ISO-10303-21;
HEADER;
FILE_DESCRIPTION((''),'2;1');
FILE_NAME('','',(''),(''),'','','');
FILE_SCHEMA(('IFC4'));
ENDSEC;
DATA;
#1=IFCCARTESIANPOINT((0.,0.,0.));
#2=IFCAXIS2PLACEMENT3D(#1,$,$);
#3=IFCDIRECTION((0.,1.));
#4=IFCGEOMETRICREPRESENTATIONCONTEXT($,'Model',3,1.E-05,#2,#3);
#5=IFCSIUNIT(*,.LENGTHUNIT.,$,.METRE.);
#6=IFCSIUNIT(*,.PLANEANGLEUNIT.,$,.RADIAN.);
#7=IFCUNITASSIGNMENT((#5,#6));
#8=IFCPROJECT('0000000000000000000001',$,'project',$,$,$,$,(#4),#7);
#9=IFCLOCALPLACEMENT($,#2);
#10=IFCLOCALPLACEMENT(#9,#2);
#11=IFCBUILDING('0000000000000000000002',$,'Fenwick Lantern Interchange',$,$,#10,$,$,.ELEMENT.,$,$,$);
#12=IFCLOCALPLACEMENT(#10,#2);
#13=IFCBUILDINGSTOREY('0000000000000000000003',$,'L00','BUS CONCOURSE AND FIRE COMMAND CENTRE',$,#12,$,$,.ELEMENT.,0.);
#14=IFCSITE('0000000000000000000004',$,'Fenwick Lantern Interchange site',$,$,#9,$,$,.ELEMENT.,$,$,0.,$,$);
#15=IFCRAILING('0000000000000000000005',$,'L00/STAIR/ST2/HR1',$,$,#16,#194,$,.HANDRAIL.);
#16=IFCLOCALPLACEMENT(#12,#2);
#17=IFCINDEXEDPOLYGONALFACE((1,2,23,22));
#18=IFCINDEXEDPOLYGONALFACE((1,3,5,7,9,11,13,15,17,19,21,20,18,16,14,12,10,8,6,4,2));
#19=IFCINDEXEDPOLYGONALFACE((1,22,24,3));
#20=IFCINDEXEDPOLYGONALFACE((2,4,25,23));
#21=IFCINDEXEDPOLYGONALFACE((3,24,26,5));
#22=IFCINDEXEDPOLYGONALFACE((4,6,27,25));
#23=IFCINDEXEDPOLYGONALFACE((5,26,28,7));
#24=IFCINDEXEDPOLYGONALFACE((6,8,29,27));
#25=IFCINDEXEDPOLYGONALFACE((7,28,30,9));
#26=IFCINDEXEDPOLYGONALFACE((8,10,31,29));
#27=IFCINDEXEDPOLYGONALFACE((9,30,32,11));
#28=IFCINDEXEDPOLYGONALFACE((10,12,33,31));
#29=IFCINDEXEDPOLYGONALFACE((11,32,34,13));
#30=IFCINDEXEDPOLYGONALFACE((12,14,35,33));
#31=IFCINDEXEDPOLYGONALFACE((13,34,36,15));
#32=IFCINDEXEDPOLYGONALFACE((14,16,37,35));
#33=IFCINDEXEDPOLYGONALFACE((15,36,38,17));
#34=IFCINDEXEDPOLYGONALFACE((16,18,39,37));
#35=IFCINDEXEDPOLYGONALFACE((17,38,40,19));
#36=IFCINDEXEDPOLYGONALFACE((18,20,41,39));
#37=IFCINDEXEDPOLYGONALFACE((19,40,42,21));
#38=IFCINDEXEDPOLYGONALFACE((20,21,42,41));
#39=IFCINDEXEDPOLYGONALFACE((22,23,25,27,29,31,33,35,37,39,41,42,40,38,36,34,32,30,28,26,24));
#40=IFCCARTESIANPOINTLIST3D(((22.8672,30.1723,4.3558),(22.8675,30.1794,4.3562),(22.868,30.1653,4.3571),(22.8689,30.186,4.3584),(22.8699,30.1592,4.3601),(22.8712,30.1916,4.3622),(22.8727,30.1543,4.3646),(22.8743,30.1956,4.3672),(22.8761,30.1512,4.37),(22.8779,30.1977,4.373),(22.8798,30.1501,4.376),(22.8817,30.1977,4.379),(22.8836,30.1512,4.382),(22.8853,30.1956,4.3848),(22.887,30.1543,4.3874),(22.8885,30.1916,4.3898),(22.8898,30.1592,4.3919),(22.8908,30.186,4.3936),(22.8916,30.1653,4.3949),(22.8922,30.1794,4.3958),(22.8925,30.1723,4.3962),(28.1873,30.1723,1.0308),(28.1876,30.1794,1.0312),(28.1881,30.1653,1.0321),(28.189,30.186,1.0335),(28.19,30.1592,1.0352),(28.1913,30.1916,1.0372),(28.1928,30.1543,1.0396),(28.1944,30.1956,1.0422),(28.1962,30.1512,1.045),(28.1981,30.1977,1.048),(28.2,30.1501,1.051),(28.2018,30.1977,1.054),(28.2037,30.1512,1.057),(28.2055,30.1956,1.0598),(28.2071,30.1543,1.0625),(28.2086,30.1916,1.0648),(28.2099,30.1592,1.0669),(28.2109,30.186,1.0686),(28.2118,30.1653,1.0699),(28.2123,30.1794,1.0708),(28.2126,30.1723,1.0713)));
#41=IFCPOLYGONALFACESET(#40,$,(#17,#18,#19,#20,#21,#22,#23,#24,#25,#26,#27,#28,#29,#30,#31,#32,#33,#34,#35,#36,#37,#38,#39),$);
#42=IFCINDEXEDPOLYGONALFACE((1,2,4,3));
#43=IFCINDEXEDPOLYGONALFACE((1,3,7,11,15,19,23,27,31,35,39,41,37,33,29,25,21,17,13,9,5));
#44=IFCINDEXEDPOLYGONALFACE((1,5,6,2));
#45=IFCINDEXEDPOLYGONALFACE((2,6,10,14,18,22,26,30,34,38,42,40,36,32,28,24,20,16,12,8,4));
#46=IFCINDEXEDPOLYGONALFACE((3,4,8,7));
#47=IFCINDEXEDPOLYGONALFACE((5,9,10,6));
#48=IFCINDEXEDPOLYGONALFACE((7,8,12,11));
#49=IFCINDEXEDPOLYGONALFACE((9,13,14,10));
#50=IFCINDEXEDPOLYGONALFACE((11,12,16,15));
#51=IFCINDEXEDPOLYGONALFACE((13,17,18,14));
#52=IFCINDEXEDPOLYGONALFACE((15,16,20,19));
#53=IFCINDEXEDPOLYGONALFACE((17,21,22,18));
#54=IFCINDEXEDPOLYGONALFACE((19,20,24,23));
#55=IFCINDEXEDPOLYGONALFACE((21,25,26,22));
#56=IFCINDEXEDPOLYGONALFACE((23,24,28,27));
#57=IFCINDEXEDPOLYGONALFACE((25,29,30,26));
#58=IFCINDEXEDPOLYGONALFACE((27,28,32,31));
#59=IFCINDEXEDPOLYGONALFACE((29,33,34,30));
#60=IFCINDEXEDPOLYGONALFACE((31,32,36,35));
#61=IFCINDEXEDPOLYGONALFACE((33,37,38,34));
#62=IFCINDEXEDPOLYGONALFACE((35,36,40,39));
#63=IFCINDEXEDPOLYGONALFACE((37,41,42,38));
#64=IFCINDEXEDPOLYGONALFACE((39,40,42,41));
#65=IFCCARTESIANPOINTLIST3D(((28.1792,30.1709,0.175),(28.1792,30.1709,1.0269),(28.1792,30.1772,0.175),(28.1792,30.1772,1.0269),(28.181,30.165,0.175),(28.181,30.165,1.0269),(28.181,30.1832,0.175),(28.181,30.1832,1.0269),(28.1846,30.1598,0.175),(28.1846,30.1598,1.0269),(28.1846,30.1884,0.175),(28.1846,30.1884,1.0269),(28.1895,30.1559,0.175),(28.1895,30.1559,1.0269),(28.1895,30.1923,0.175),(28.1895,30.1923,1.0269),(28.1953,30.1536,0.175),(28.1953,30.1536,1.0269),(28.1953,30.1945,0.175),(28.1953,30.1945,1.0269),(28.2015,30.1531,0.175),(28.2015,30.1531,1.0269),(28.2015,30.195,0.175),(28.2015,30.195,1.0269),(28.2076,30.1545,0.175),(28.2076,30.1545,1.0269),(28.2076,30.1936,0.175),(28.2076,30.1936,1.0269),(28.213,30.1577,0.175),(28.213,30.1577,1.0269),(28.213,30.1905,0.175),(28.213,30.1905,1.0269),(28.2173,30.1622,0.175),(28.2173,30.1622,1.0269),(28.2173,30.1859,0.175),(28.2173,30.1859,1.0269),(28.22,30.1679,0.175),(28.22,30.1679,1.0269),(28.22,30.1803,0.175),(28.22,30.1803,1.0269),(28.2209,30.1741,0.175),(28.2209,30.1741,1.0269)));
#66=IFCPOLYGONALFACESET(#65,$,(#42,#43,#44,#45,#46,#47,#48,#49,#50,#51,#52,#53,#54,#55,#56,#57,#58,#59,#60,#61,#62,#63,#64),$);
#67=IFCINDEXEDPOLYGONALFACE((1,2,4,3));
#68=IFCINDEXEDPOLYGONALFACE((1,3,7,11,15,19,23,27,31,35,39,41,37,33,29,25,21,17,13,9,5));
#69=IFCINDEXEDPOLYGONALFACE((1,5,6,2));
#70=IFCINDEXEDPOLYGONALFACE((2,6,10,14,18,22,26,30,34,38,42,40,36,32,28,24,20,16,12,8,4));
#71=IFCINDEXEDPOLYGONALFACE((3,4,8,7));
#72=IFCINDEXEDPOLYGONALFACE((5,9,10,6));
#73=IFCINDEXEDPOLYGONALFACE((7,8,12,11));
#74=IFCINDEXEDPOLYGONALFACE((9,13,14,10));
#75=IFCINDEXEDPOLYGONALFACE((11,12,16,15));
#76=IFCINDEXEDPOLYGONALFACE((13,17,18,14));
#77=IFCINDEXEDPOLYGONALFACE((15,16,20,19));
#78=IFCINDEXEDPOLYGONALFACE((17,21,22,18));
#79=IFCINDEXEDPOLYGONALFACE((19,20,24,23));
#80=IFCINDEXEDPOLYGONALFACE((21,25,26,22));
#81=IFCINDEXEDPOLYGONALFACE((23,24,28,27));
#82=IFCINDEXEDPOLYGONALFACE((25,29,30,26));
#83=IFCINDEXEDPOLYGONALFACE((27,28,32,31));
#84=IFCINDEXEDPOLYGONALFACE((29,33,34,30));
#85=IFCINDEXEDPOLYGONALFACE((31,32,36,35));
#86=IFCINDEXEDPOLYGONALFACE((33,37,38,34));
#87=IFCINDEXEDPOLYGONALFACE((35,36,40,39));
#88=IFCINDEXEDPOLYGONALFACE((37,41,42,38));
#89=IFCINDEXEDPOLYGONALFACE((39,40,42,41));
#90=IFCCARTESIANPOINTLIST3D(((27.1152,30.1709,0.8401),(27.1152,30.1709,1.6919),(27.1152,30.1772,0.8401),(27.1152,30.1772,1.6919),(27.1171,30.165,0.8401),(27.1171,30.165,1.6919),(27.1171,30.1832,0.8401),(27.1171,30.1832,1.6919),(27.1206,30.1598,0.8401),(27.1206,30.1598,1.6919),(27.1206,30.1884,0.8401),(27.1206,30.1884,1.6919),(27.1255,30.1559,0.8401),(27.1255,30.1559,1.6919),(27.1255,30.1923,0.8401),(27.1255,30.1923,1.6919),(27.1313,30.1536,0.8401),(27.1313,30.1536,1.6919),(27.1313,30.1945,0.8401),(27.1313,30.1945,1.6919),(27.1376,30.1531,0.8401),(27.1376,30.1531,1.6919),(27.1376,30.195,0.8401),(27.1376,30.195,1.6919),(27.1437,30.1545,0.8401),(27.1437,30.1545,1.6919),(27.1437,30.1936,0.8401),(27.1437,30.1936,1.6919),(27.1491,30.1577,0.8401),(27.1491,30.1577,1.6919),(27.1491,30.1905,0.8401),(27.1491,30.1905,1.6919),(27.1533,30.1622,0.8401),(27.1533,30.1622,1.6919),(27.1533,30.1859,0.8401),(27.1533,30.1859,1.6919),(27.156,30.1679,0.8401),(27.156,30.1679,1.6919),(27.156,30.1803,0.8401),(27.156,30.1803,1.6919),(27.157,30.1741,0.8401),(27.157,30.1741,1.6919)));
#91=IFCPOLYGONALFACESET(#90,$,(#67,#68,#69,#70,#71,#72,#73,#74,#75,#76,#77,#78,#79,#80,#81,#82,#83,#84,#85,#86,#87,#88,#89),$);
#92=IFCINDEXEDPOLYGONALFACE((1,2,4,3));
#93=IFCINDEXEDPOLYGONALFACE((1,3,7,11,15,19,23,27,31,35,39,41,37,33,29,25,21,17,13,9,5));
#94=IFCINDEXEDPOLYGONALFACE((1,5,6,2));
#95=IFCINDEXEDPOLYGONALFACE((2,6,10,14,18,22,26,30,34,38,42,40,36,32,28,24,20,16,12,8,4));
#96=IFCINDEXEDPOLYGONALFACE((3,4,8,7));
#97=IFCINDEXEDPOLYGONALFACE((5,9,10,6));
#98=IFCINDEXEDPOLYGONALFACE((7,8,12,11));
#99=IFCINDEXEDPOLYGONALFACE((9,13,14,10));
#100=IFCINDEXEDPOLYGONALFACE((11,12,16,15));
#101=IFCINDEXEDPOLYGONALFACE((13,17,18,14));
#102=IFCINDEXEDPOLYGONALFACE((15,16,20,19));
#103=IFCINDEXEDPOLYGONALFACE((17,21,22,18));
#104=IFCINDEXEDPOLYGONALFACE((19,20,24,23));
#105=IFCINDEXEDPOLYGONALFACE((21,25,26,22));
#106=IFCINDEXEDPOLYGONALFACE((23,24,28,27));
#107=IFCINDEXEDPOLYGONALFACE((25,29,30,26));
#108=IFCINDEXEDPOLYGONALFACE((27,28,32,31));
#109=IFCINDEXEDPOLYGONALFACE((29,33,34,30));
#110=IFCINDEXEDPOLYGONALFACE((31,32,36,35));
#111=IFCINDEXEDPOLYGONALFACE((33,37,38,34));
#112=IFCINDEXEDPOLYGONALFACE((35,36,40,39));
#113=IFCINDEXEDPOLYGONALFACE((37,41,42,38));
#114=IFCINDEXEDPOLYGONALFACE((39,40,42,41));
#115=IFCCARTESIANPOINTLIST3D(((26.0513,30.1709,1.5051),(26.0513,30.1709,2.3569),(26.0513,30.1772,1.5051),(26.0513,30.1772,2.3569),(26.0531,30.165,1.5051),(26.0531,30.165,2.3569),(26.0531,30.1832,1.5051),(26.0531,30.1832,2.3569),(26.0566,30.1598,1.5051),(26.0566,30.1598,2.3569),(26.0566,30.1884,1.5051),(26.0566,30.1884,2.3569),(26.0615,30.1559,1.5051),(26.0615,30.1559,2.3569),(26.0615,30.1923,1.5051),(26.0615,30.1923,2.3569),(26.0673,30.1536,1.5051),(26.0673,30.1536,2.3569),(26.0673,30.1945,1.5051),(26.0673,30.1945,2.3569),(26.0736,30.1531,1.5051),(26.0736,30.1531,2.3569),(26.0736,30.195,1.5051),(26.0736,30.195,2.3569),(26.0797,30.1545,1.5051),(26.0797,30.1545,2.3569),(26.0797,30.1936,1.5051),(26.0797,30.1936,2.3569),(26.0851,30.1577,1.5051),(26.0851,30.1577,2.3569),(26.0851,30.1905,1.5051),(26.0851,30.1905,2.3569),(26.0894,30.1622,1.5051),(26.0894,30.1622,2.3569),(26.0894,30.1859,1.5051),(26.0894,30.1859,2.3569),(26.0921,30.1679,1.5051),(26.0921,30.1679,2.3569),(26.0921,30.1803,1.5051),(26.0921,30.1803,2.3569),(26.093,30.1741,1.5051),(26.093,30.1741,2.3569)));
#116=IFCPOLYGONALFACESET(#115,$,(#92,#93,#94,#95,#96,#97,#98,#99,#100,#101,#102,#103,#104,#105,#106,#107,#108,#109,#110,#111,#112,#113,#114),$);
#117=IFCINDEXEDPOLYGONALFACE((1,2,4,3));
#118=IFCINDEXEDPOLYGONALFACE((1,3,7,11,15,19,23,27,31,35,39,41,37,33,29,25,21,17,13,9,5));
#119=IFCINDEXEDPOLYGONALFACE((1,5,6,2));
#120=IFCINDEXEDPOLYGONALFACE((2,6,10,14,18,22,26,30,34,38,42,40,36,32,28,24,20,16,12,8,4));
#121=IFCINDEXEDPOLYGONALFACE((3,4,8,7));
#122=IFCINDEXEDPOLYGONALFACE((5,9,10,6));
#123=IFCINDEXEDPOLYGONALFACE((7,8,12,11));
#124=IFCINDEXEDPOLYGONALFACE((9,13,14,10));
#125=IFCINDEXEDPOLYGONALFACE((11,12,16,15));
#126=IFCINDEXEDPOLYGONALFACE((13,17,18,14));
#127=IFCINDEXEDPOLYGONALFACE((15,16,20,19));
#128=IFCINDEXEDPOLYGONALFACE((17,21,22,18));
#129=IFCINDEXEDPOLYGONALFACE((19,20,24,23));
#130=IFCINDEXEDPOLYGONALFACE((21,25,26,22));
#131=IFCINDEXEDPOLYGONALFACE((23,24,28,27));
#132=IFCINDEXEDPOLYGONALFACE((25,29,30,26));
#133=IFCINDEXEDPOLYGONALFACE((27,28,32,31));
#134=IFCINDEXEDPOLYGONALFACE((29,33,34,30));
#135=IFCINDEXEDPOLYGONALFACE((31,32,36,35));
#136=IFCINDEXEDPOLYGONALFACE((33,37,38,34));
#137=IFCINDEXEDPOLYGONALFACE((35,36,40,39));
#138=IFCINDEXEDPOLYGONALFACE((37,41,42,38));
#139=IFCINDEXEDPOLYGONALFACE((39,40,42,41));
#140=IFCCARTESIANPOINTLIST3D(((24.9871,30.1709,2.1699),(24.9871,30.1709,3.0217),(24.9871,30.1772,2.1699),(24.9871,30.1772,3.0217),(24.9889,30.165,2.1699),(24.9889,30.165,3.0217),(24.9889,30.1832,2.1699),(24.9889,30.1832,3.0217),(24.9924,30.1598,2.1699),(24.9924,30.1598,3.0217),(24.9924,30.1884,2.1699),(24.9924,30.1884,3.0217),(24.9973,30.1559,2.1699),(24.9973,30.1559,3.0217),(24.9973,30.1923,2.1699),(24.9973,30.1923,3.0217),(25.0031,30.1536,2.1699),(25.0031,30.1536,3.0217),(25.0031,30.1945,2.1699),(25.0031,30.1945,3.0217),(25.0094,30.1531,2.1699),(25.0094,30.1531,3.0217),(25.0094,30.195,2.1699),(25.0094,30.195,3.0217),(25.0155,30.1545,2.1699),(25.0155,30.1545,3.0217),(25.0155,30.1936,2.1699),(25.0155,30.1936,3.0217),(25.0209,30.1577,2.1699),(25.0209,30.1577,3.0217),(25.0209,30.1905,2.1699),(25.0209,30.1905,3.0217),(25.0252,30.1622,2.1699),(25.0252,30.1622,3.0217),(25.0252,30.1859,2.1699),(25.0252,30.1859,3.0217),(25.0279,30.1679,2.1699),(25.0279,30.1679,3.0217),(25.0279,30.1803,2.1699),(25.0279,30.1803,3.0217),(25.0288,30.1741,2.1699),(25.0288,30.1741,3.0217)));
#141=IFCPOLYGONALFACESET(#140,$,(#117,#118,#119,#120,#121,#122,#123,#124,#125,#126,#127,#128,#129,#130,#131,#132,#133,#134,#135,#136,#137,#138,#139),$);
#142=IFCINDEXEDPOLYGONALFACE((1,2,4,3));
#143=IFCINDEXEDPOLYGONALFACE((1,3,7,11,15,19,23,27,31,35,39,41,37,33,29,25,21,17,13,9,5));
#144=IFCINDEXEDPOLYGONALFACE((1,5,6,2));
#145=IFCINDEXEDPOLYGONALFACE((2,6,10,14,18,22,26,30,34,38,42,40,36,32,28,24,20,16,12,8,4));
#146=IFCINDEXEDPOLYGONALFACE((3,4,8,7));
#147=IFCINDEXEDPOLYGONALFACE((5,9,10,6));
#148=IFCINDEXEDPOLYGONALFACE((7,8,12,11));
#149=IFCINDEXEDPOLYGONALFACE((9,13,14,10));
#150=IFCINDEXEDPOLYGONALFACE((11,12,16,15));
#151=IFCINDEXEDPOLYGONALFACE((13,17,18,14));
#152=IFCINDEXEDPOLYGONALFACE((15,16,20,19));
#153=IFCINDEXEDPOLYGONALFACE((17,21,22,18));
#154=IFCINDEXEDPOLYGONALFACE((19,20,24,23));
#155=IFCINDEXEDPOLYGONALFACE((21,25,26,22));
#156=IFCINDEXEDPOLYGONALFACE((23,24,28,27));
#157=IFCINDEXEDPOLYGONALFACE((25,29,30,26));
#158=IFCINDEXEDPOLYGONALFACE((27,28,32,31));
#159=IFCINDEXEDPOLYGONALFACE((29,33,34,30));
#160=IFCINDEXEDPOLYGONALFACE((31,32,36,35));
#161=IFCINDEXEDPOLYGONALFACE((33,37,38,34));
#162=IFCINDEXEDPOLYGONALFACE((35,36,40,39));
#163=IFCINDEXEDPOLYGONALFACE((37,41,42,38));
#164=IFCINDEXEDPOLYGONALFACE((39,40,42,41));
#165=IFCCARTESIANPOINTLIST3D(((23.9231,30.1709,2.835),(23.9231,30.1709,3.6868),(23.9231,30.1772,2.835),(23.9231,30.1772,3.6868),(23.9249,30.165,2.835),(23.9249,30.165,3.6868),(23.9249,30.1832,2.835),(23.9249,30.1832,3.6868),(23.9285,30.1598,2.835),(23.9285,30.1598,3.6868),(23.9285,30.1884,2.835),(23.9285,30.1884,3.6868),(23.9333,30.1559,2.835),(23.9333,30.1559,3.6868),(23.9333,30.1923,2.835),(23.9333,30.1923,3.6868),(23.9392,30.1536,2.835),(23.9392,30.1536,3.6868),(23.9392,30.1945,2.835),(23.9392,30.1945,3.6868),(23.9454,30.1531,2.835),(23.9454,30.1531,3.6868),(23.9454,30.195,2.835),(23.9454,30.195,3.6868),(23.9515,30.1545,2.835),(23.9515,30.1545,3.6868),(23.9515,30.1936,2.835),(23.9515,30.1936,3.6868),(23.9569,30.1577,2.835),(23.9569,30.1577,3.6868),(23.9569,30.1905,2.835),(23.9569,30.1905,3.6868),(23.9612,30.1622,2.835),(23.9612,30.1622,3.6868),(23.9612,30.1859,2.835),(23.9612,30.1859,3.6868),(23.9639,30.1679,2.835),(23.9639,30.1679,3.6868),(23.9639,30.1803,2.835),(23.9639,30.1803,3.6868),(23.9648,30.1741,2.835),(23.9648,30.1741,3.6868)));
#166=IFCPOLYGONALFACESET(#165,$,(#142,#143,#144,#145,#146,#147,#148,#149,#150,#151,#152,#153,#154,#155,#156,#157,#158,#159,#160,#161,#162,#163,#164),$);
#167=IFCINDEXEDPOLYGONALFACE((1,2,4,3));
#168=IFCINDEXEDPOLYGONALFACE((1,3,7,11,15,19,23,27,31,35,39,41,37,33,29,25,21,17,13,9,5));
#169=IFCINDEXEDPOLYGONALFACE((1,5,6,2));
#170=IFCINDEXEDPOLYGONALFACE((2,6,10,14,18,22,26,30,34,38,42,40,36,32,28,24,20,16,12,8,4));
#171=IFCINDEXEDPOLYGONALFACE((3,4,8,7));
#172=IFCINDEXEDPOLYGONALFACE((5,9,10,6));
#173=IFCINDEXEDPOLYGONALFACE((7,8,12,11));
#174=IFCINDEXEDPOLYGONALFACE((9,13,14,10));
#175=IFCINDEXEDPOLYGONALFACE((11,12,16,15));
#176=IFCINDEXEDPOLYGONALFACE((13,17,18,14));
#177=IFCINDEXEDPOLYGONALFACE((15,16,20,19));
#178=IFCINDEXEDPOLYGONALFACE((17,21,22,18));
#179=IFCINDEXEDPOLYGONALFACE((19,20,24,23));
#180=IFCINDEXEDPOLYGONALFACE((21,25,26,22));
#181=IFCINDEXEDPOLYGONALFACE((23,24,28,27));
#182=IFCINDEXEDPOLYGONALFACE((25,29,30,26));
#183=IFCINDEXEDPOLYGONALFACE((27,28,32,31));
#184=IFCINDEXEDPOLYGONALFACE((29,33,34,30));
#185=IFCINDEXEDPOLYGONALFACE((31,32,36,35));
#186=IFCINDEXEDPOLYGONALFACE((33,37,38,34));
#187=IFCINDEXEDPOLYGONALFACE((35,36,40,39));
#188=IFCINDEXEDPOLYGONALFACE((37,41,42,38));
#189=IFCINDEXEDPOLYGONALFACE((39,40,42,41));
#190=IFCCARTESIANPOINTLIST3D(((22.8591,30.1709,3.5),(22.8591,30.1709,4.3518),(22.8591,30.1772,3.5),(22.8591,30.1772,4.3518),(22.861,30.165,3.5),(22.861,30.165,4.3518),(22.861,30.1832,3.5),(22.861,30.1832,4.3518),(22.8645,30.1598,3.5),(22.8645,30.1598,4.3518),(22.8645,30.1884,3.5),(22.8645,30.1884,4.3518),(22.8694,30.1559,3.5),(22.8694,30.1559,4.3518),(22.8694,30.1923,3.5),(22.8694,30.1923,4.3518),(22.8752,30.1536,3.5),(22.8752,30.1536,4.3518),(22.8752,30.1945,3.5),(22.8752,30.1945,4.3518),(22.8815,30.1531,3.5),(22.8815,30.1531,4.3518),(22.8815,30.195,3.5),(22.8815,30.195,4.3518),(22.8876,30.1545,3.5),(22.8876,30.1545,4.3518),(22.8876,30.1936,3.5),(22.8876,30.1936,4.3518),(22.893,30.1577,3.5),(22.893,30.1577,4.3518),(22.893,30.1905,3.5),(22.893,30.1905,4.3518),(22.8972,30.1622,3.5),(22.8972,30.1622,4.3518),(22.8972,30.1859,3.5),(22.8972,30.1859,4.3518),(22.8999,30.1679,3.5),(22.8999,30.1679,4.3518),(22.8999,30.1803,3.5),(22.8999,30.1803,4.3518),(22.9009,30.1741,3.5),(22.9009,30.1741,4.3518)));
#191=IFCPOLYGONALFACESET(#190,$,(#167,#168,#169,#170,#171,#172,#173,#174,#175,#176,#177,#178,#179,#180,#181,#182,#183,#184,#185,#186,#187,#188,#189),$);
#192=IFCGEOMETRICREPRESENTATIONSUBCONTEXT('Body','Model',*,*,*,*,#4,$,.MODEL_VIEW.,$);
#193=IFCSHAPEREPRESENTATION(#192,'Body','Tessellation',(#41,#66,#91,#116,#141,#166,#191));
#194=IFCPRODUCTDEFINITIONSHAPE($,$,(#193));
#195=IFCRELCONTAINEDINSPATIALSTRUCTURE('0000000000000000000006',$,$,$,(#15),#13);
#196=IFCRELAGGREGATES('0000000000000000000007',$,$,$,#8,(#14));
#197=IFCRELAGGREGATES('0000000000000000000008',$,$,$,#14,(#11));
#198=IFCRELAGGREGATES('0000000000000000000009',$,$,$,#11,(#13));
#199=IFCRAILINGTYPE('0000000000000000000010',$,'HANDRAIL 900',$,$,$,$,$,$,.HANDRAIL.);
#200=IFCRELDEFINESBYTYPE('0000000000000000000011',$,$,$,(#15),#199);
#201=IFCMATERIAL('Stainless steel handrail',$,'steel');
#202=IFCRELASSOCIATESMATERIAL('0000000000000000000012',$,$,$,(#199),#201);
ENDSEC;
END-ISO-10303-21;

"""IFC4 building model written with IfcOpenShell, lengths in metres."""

from ifc_helpers import new_model, si_unit, direction, frame, origin, origin_2d, place, context, subcontext, project, spatial, circle, extrude, material, type_object, element, save


model = new_model("IFC4")

# Units and contexts
model_context = context("Model", 3, precision=1e-05, world=origin(), true_north=direction((0.0, 1.0)))
body_context = subcontext(model_context, "Body", "Model", "MODEL_VIEW")
ifc_project = project(units=[si_unit("LENGTHUNIT", "METRE"), si_unit("PLANEANGLEUNIT", "RADIAN")], contexts=[model_context])

# Site, building, storey
site_placement = place(None, origin())
site = spatial("IfcSite", under=ifc_project, at=site_placement, Name="Fenwick Lantern Interchange site", CompositionType="ELEMENT", RefElevation=0.0)
building_placement = place(site_placement, origin())
building = spatial("IfcBuilding", under=site, at=building_placement, Name="Fenwick Lantern Interchange", CompositionType="ELEMENT")
storey_placement = place(building_placement, origin())
storey = spatial("IfcBuildingStorey", under=building, at=storey_placement, Name="L00", Description="BUS CONCOURSE AND FIRE COMMAND CENTRE", CompositionType="ELEMENT", Elevation=0.0)

# Railing
ifc_material_1 = material(Name="Stainless steel handrail", Category="steel")
railing_type = type_object("IfcRailingType", Name="HANDRAIL 900", PredefinedType="HANDRAIL", material=ifc_material_1)
railing_1_placement = place(storey_placement, frame((28.2, 30.1741, 0.175)))
element("IfcRailing", 1, at=railing_1_placement, inside=storey, type_object=railing_type, Name="L00/STAIR/ST2/HR1", PredefinedType="HANDRAIL", context=body_context, shape_type="SweptSolid", body=[
    extrude(circle(Radius=0.0239, at=origin_2d()), frame((0.0, 0.0, 0.876), z_axis=(-0.848005, 0.0, 0.529988), x_axis=(0.0, -1.0, 0.0)), (0.0, 0.0, 1.0), 6.2737),
    extrude(circle(Radius=0.021, at=origin_2d()), origin(), (0.0, 0.0, 1.0), 0.8518),
    extrude(circle(Radius=0.021, at=origin_2d()), frame((-1.064, 0.0, 0.665)), (0.0, 0.0, 1.0), 0.8518),
    extrude(circle(Radius=0.021, at=origin_2d()), frame((-2.1279, 0.0, 1.3301)), (0.0, 0.0, 1.0), 0.8518),
    extrude(circle(Radius=0.021, at=origin_2d()), frame((-3.1921, 0.0, 1.9949)), (0.0, 0.0, 1.0), 0.8518),
    extrude(circle(Radius=0.021, at=origin_2d()), frame((-4.2561, 0.0, 2.6599)), (0.0, 0.0, 1.0), 0.8518),
    extrude(circle(Radius=0.021, at=origin_2d()), frame((-5.3201, 0.0, 3.325)), (0.0, 0.0, 1.0), 0.8518),
])

save(model, "model.ifc")
